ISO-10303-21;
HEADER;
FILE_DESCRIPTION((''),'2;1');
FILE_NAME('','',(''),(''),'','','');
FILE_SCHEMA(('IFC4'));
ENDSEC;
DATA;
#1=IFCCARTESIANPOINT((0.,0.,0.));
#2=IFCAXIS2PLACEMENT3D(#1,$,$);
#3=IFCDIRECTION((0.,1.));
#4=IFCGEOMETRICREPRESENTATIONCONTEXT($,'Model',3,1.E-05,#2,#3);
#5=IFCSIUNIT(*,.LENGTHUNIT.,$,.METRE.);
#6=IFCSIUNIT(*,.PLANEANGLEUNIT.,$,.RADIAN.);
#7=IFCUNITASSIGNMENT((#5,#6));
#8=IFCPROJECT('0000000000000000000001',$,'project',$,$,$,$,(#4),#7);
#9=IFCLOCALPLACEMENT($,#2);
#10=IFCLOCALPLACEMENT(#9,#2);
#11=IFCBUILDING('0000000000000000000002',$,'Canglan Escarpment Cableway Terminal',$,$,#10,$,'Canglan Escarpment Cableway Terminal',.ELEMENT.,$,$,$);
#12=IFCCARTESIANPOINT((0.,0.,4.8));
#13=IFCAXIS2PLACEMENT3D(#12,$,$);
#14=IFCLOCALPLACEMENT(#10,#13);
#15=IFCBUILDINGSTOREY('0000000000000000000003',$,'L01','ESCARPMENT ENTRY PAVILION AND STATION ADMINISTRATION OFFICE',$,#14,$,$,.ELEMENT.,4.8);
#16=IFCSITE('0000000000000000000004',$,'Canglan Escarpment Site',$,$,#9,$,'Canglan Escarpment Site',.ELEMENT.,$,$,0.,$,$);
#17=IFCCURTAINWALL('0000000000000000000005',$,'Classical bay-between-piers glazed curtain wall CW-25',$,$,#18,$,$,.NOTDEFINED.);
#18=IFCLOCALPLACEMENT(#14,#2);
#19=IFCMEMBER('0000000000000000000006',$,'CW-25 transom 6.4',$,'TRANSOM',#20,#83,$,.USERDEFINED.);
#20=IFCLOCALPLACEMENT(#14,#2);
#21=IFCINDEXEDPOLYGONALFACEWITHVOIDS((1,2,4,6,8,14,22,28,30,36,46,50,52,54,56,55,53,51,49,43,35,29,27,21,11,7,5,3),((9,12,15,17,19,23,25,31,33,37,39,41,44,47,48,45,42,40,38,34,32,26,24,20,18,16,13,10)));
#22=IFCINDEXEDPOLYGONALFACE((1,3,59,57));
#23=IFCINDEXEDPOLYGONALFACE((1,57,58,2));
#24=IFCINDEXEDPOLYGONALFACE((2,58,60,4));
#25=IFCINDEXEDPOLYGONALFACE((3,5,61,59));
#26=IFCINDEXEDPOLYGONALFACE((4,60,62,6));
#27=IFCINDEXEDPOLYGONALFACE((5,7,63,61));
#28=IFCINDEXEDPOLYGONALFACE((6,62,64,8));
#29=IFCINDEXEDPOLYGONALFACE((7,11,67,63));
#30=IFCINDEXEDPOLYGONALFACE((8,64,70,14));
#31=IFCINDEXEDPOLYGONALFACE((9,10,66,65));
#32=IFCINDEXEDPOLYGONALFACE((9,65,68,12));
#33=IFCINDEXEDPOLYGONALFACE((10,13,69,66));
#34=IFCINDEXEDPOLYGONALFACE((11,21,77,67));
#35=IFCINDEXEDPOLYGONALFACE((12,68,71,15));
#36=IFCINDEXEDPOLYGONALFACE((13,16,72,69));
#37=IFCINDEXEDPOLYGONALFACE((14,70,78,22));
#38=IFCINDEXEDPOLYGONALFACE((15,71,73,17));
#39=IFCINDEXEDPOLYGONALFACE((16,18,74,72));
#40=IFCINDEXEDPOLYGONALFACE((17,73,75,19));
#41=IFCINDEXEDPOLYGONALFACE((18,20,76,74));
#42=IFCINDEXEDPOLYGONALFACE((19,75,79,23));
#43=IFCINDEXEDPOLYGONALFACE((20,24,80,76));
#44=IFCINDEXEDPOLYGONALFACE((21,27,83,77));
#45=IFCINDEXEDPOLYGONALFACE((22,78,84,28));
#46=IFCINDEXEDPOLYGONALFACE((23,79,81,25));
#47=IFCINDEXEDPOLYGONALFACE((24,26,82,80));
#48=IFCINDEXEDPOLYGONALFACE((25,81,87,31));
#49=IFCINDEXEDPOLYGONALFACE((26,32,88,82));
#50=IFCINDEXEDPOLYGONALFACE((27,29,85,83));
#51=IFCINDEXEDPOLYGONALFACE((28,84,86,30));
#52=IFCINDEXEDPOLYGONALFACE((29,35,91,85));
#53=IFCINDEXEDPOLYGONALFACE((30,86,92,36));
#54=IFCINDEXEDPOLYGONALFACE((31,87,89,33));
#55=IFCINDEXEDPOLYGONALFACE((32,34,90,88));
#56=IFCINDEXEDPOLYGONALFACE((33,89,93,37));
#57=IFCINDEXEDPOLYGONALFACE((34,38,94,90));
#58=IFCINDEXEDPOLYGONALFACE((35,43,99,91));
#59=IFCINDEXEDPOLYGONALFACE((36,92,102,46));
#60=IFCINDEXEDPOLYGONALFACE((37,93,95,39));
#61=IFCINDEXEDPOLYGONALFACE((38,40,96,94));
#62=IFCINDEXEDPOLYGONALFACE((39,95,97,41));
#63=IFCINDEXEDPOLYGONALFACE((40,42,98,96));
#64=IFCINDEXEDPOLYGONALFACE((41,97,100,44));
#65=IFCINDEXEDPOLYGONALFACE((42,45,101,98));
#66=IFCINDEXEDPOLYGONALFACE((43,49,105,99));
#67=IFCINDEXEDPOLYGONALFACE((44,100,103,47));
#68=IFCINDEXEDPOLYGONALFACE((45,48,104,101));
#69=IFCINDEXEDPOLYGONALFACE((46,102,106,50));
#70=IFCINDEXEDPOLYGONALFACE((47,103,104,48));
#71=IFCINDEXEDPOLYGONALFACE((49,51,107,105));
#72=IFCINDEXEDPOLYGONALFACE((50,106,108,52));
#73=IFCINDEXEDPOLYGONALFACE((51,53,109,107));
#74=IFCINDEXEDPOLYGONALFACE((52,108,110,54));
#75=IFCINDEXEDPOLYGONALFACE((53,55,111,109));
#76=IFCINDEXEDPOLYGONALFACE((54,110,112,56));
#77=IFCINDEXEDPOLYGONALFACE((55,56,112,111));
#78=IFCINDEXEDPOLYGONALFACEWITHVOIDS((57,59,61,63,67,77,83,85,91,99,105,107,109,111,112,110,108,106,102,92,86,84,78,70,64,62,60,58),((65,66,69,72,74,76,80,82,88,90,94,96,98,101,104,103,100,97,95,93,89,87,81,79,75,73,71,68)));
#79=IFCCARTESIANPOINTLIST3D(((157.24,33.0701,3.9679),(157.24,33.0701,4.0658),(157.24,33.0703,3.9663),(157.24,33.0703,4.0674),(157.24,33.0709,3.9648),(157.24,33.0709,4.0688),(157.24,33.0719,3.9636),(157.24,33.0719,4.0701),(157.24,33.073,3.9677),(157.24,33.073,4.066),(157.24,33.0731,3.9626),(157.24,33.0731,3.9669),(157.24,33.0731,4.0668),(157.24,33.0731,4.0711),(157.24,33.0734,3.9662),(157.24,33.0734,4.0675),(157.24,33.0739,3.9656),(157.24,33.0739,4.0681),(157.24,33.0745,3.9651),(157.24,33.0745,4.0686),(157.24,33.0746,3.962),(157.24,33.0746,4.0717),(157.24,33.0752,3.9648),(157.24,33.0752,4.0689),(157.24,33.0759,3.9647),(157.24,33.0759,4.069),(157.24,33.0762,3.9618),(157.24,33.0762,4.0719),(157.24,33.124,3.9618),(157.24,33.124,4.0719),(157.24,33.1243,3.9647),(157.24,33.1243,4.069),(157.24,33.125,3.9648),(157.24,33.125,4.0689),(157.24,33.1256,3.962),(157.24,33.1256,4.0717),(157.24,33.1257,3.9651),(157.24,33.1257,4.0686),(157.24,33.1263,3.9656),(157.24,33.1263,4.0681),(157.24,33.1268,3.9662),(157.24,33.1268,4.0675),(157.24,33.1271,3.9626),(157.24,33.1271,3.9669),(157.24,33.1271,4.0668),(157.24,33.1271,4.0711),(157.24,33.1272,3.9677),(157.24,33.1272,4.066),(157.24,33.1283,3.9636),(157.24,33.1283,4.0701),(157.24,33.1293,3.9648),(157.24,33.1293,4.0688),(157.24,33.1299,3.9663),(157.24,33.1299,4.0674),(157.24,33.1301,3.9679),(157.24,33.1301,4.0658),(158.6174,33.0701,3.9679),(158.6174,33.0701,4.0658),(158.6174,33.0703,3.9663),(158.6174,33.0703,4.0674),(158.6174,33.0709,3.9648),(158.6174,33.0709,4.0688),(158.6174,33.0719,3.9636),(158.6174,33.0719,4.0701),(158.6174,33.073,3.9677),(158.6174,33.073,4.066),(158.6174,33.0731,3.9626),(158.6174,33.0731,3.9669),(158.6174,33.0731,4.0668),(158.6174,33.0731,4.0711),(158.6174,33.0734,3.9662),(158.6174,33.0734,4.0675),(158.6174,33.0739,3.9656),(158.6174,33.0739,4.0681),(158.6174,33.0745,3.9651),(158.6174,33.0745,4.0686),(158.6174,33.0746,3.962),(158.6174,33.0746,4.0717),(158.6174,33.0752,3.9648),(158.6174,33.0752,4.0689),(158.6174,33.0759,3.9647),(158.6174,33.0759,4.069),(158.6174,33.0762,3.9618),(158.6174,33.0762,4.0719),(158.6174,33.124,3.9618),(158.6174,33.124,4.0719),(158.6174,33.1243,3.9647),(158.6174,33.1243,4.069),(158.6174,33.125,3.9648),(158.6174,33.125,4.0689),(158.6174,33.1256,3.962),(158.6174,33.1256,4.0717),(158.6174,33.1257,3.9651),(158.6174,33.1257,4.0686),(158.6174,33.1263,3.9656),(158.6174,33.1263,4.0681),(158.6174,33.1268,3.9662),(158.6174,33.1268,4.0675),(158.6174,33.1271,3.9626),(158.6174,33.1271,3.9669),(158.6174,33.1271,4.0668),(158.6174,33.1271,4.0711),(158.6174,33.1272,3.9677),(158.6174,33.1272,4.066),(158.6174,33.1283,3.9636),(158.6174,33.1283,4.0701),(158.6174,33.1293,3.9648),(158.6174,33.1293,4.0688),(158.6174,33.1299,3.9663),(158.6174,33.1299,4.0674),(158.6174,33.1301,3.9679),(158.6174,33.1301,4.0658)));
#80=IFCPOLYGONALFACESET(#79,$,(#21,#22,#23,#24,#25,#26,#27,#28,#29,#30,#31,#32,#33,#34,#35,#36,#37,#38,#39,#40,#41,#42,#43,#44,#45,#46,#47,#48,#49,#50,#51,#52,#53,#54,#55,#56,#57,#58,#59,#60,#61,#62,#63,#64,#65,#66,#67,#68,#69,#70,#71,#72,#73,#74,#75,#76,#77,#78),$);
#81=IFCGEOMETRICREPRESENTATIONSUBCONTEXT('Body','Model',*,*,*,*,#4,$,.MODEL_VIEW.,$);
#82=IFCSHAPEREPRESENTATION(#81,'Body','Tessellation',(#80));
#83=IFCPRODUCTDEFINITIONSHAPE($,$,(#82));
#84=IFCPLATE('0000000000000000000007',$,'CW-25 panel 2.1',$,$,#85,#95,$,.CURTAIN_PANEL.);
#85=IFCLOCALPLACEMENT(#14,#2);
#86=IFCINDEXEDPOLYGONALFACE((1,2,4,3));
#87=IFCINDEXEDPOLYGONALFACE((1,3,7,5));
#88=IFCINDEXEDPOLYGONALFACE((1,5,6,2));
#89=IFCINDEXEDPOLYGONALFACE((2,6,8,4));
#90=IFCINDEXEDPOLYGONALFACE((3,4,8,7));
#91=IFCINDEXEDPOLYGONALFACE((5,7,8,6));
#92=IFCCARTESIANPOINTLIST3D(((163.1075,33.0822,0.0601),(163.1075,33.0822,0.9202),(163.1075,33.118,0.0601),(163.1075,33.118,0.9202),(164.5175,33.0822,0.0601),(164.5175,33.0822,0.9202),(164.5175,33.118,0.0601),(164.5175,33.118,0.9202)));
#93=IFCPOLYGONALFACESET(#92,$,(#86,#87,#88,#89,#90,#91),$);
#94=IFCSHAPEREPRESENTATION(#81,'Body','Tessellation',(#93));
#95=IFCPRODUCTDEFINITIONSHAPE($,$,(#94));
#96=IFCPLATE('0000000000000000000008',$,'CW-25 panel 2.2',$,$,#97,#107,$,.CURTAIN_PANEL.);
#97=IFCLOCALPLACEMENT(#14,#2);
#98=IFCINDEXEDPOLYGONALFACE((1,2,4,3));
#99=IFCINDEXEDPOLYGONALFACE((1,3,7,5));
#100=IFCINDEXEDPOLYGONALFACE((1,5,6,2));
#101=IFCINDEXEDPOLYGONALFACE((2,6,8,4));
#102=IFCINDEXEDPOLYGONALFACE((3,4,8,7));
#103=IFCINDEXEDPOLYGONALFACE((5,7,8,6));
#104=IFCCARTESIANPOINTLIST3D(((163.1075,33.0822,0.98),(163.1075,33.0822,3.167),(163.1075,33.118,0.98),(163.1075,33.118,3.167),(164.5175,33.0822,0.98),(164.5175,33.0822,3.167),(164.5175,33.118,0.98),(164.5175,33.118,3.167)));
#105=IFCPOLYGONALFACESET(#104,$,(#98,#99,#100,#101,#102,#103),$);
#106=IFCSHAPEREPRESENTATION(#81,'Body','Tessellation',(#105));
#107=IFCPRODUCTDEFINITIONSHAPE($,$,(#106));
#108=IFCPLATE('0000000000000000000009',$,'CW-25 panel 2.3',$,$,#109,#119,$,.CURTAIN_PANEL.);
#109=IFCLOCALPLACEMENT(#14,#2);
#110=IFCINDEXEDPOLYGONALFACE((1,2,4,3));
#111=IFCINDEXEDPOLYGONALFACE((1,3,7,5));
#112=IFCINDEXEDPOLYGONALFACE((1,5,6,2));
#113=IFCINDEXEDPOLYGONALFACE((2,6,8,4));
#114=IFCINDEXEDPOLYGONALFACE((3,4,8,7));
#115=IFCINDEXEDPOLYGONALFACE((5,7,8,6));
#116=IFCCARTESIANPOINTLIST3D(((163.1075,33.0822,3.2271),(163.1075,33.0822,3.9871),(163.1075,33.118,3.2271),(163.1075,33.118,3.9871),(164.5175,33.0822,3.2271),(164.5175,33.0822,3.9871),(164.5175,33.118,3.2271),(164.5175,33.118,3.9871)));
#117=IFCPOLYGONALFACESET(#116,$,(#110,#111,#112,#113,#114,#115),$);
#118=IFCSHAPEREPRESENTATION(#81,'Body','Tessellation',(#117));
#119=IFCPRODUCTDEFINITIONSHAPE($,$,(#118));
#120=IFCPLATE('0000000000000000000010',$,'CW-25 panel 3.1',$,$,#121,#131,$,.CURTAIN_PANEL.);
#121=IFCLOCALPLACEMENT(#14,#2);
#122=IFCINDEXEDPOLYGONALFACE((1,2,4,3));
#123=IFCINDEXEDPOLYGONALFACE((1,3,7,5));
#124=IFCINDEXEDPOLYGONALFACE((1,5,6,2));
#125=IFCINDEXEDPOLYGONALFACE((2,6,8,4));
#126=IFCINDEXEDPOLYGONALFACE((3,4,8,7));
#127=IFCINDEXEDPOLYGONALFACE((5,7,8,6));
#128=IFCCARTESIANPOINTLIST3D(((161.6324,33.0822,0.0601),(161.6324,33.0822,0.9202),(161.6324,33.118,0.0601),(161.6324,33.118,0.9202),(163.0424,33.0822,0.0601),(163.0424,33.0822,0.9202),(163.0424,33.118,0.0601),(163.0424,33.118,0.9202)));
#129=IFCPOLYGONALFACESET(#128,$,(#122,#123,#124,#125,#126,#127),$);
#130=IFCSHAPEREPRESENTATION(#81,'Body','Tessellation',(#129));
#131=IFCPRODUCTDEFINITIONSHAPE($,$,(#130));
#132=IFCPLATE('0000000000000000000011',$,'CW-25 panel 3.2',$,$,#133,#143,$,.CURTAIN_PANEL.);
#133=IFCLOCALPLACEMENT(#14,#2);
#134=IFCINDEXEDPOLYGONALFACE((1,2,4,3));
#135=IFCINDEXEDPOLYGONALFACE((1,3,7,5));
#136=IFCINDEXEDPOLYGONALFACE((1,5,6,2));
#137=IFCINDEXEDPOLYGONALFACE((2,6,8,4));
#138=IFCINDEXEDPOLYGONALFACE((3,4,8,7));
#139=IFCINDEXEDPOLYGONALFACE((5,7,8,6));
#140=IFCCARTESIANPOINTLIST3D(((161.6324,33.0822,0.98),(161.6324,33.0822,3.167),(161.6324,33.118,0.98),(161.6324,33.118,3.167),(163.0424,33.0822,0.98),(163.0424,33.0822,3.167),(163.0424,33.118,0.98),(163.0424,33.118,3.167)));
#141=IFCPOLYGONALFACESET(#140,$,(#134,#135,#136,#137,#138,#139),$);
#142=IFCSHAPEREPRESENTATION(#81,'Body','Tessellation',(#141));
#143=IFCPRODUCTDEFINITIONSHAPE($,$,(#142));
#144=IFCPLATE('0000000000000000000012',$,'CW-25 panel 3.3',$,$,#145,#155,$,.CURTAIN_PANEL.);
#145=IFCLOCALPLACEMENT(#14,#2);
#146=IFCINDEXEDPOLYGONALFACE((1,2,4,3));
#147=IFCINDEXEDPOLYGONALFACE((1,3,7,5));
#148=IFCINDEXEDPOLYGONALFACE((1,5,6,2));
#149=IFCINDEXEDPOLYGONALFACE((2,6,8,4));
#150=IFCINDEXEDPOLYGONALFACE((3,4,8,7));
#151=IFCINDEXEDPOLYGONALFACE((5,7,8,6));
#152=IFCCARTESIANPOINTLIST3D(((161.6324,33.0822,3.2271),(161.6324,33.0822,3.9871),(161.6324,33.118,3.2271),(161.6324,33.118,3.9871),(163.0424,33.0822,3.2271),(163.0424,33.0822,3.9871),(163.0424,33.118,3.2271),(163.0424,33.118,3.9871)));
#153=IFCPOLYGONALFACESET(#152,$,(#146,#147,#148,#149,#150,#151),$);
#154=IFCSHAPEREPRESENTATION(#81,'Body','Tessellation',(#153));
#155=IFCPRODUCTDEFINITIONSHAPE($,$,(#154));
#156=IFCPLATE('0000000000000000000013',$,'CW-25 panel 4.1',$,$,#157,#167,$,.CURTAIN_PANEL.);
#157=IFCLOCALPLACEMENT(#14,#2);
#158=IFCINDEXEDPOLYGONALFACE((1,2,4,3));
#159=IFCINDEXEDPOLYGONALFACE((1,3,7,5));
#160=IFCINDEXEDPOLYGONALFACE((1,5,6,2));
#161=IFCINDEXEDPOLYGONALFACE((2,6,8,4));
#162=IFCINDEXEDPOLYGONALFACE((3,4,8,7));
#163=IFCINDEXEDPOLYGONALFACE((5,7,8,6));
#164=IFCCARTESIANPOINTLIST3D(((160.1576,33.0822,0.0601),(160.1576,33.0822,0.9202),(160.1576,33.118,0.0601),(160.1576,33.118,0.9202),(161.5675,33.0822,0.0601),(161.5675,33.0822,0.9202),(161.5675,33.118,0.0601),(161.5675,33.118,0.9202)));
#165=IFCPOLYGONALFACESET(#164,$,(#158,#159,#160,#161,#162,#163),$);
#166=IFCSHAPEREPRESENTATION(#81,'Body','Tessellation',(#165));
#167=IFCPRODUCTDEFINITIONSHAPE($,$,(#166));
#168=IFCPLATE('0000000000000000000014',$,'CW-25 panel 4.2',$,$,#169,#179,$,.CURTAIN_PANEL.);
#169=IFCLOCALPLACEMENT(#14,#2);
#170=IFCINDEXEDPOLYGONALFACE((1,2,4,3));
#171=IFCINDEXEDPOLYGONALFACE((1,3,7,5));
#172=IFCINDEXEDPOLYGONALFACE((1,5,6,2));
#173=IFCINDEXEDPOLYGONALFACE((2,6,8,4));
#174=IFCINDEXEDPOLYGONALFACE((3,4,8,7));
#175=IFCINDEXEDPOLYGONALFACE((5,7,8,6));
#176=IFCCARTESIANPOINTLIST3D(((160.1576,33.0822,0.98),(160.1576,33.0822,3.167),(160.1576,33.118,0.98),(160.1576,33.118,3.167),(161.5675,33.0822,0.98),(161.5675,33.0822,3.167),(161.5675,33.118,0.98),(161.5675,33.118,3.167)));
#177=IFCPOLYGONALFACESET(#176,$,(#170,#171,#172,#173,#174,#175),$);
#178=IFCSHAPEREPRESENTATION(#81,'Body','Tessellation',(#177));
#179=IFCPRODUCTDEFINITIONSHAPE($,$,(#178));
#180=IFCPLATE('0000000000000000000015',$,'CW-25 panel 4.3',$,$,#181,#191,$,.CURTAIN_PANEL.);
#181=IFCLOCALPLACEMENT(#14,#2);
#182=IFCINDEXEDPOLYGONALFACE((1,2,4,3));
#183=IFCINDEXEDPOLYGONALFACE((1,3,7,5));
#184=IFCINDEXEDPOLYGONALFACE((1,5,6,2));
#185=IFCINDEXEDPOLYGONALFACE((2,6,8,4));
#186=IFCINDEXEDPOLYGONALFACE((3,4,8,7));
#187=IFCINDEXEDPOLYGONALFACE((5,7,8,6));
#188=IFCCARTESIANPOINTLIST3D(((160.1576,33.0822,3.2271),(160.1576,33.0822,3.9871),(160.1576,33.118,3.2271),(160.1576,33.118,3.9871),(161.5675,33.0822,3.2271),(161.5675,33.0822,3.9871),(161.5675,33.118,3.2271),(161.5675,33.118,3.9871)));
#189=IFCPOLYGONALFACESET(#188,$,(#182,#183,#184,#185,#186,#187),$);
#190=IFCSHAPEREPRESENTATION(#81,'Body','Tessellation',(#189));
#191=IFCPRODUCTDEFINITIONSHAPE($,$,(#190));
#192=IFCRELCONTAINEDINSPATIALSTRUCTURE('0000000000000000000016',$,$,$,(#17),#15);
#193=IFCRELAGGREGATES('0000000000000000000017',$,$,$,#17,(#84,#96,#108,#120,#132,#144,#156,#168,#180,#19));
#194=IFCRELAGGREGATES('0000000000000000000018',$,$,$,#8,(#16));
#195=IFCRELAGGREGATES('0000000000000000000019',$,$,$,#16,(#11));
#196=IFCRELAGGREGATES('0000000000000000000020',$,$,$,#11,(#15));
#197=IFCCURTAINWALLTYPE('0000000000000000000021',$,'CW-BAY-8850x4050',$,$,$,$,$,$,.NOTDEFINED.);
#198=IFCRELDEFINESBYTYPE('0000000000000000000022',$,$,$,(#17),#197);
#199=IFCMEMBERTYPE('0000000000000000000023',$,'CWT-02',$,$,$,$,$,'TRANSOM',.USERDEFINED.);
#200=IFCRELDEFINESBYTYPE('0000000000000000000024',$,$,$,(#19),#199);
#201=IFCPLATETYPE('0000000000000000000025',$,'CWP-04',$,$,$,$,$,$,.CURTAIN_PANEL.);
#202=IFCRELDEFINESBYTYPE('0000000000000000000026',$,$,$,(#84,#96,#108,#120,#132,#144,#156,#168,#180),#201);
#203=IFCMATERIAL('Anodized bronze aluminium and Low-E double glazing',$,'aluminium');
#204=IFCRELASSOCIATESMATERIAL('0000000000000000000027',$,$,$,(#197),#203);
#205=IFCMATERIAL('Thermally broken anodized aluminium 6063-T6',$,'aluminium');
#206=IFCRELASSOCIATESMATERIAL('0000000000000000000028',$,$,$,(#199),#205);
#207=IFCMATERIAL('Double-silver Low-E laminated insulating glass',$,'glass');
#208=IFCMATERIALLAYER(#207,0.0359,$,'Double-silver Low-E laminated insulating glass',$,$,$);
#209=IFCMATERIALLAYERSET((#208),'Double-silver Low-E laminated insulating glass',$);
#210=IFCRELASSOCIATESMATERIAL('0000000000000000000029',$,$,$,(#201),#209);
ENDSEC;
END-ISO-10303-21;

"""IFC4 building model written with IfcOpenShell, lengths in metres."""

from ifc_helpers import new_model, si_unit, direction, frame, origin, origin_2d, place, context, subcontext, project, spatial, rectangle, hollow_rectangle, extrude, material, layer, layer_set, material_profile, profile_set, type_object, element, aggregate, save


model = new_model("IFC4")

# Units and contexts
model_context = context("Model", 3, precision=1e-05, world=origin(), true_north=direction((0.0, 1.0)))
body_context = subcontext(model_context, "Body", "Model", "MODEL_VIEW")
ifc_project = project(units=[si_unit("LENGTHUNIT", "METRE"), si_unit("PLANEANGLEUNIT", "RADIAN")], contexts=[model_context])

# Site, building, storey
site_placement = place(None, origin())
site = spatial("IfcSite", under=ifc_project, at=site_placement, Name="Canglan Escarpment Site", LongName="Canglan Escarpment Site", CompositionType="ELEMENT", RefElevation=0.0)
building_placement = place(site_placement, origin())
building = spatial("IfcBuilding", under=site, at=building_placement, Name="Canglan Escarpment Cableway Terminal", LongName="Canglan Escarpment Cableway Terminal", CompositionType="ELEMENT")
storey_placement = place(building_placement, frame((0.0, 0.0, 4.8)))
storey = spatial("IfcBuildingStorey", under=building, at=storey_placement, Name="L01", Description="ESCARPMENT ENTRY PAVILION AND STATION ADMINISTRATION OFFICE", CompositionType="ELEMENT", Elevation=4.8)

# Curtain wall, member, plates
ifc_material_1 = material(Name="Anodized bronze aluminium and Low-E double glazing", Category="aluminium")
curtain_wall_type = type_object("IfcCurtainWallType", Name="CW-BAY-8850x4050", PredefinedType="NOTDEFINED", material=ifc_material_1)
curtain_wall_placement = place(storey_placement, origin())
curtain_wall = element("IfcCurtainWall", 1, at=curtain_wall_placement, inside=storey, type_object=curtain_wall_type, Name="Classical bay-between-piers glazed curtain wall CW-25", PredefinedType="NOTDEFINED")
ifc_material_2 = material(Name="Thermally broken anodized aluminium 6063-T6", Category="aluminium")
ifc_material_profile_1 = material_profile(ifc_material_2, hollow_rectangle(XDim=0.0601, YDim=0.1101, WallThickness=0.0029, InnerFilletRadius=0.0029, OuterFilletRadius=0.0061, at=origin_2d()), Name="ALU-TRAN 60x110x3")
ifc_profile_set_1 = profile_set([ifc_material_profile_1], Name="Thermally broken anodized aluminium 6063-T6")
member_type_1 = type_object("IfcMemberType", Name="CWT-02", ElementType="TRANSOM", PredefinedType="USERDEFINED", material=ifc_profile_set_1)
member_1_placement = place(storey_placement, frame((158.6174, 33.1001, 4.0168), z_axis=(-1.0, 0.0, 0.0), x_axis=(0.0, -1.0, 0.0)))
member_1 = element("IfcMember", 2, at=member_1_placement, type_object=member_type_1, Name="CW-25 transom 6.4", ObjectType="TRANSOM", PredefinedType="USERDEFINED", context=body_context, shape_type="SweptSolid", body=[
    extrude(hollow_rectangle(XDim=0.0601, YDim=0.1101, WallThickness=0.0029, InnerFilletRadius=0.0029, OuterFilletRadius=0.0061, at=origin_2d()), origin(), (0.0, 0.0, 1.0), 1.3774),
])
ifc_material_3 = material(Name="Double-silver Low-E laminated insulating glass", Category="glass")
ifc_layer_1 = layer(ifc_material_3, 0.0359, Name="Double-silver Low-E laminated insulating glass")
ifc_layer_set_1 = layer_set([ifc_layer_1], Name="Double-silver Low-E laminated insulating glass")
plate_type = type_object("IfcPlateType", Name="CWP-04", PredefinedType="CURTAIN_PANEL", material=ifc_layer_set_1)
plate_1_placement = place(storey_placement, frame((163.8125, 33.1001, 0.0601), z_axis=(0.0, 0.0, 1.0), x_axis=(-1.0, 0.0, 0.0)))
plate_1 = element("IfcPlate", 3, at=plate_1_placement, type_object=plate_type, Name="CW-25 panel 2.1", PredefinedType="CURTAIN_PANEL", context=body_context, shape_type="SweptSolid", body=[
    extrude(rectangle(XDim=1.4099, YDim=0.0359, at=origin_2d()), origin(), (0.0, 0.0, 1.0), 0.8601),
])
plate_2_placement = place(storey_placement, frame((163.8125, 33.1001, 0.98), z_axis=(0.0, 0.0, 1.0), x_axis=(-1.0, 0.0, 0.0)))
plate_2 = element("IfcPlate", 4, at=plate_2_placement, type_object=plate_type, Name="CW-25 panel 2.2", PredefinedType="CURTAIN_PANEL", context=body_context, shape_type="SweptSolid", body=[
    extrude(rectangle(XDim=1.4099, YDim=0.0359, at=origin_2d()), origin(), (0.0, 0.0, 1.0), 2.187),
])
plate_3_placement = place(storey_placement, frame((163.8125, 33.1001, 3.2271), z_axis=(0.0, 0.0, 1.0), x_axis=(-1.0, 0.0, 0.0)))
plate_3 = element("IfcPlate", 5, at=plate_3_placement, type_object=plate_type, Name="CW-25 panel 2.3", PredefinedType="CURTAIN_PANEL", context=body_context, shape_type="SweptSolid", body=[
    extrude(rectangle(XDim=1.4099, YDim=0.0359, at=origin_2d()), origin(), (0.0, 0.0, 1.0), 0.76),
])
plate_4_placement = place(storey_placement, frame((162.3374, 33.1001, 0.0601), z_axis=(0.0, 0.0, 1.0), x_axis=(-1.0, 0.0, 0.0)))
plate_4 = element("IfcPlate", 6, at=plate_4_placement, type_object=plate_type, Name="CW-25 panel 3.1", PredefinedType="CURTAIN_PANEL", context=body_context, shape_type="SweptSolid", body=[
    extrude(rectangle(XDim=1.4099, YDim=0.0359, at=origin_2d()), origin(), (0.0, 0.0, 1.0), 0.8601),
])
plate_5_placement = place(storey_placement, frame((162.3374, 33.1001, 0.98), z_axis=(0.0, 0.0, 1.0), x_axis=(-1.0, 0.0, 0.0)))
plate_5 = element("IfcPlate", 7, at=plate_5_placement, type_object=plate_type, Name="CW-25 panel 3.2", PredefinedType="CURTAIN_PANEL", context=body_context, shape_type="SweptSolid", body=[
    extrude(rectangle(XDim=1.4099, YDim=0.0359, at=origin_2d()), origin(), (0.0, 0.0, 1.0), 2.187),
])
plate_6_placement = place(storey_placement, frame((162.3374, 33.1001, 3.2271), z_axis=(0.0, 0.0, 1.0), x_axis=(-1.0, 0.0, 0.0)))
plate_6 = element("IfcPlate", 8, at=plate_6_placement, type_object=plate_type, Name="CW-25 panel 3.3", PredefinedType="CURTAIN_PANEL", context=body_context, shape_type="SweptSolid", body=[
    extrude(rectangle(XDim=1.4099, YDim=0.0359, at=origin_2d()), origin(), (0.0, 0.0, 1.0), 0.76),
])
plate_7_placement = place(storey_placement, frame((160.8625, 33.1001, 0.0601), z_axis=(0.0, 0.0, 1.0), x_axis=(-1.0, 0.0, 0.0)))
plate_7 = element("IfcPlate", 9, at=plate_7_placement, type_object=plate_type, Name="CW-25 panel 4.1", PredefinedType="CURTAIN_PANEL", context=body_context, shape_type="SweptSolid", body=[
    extrude(rectangle(XDim=1.4099, YDim=0.0359, at=origin_2d()), origin(), (0.0, 0.0, 1.0), 0.8601),
])
plate_8_placement = place(storey_placement, frame((160.8625, 33.1001, 0.98), z_axis=(0.0, 0.0, 1.0), x_axis=(-1.0, 0.0, 0.0)))
plate_8 = element("IfcPlate", 10, at=plate_8_placement, type_object=plate_type, Name="CW-25 panel 4.2", PredefinedType="CURTAIN_PANEL", context=body_context, shape_type="SweptSolid", body=[
    extrude(rectangle(XDim=1.4099, YDim=0.0359, at=origin_2d()), origin(), (0.0, 0.0, 1.0), 2.187),
])
plate_9_placement = place(storey_placement, frame((160.8625, 33.1001, 3.2271), z_axis=(0.0, 0.0, 1.0), x_axis=(-1.0, 0.0, 0.0)))
plate_9 = element("IfcPlate", 11, at=plate_9_placement, type_object=plate_type, Name="CW-25 panel 4.3", PredefinedType="CURTAIN_PANEL", context=body_context, shape_type="SweptSolid", body=[
    extrude(rectangle(XDim=1.4099, YDim=0.0359, at=origin_2d()), origin(), (0.0, 0.0, 1.0), 0.76),
])
aggregate(curtain_wall, [plate_1, plate_2, plate_3, plate_4, plate_5, plate_6, plate_7, plate_8, plate_9, member_1])

save(model, "model.ifc")
